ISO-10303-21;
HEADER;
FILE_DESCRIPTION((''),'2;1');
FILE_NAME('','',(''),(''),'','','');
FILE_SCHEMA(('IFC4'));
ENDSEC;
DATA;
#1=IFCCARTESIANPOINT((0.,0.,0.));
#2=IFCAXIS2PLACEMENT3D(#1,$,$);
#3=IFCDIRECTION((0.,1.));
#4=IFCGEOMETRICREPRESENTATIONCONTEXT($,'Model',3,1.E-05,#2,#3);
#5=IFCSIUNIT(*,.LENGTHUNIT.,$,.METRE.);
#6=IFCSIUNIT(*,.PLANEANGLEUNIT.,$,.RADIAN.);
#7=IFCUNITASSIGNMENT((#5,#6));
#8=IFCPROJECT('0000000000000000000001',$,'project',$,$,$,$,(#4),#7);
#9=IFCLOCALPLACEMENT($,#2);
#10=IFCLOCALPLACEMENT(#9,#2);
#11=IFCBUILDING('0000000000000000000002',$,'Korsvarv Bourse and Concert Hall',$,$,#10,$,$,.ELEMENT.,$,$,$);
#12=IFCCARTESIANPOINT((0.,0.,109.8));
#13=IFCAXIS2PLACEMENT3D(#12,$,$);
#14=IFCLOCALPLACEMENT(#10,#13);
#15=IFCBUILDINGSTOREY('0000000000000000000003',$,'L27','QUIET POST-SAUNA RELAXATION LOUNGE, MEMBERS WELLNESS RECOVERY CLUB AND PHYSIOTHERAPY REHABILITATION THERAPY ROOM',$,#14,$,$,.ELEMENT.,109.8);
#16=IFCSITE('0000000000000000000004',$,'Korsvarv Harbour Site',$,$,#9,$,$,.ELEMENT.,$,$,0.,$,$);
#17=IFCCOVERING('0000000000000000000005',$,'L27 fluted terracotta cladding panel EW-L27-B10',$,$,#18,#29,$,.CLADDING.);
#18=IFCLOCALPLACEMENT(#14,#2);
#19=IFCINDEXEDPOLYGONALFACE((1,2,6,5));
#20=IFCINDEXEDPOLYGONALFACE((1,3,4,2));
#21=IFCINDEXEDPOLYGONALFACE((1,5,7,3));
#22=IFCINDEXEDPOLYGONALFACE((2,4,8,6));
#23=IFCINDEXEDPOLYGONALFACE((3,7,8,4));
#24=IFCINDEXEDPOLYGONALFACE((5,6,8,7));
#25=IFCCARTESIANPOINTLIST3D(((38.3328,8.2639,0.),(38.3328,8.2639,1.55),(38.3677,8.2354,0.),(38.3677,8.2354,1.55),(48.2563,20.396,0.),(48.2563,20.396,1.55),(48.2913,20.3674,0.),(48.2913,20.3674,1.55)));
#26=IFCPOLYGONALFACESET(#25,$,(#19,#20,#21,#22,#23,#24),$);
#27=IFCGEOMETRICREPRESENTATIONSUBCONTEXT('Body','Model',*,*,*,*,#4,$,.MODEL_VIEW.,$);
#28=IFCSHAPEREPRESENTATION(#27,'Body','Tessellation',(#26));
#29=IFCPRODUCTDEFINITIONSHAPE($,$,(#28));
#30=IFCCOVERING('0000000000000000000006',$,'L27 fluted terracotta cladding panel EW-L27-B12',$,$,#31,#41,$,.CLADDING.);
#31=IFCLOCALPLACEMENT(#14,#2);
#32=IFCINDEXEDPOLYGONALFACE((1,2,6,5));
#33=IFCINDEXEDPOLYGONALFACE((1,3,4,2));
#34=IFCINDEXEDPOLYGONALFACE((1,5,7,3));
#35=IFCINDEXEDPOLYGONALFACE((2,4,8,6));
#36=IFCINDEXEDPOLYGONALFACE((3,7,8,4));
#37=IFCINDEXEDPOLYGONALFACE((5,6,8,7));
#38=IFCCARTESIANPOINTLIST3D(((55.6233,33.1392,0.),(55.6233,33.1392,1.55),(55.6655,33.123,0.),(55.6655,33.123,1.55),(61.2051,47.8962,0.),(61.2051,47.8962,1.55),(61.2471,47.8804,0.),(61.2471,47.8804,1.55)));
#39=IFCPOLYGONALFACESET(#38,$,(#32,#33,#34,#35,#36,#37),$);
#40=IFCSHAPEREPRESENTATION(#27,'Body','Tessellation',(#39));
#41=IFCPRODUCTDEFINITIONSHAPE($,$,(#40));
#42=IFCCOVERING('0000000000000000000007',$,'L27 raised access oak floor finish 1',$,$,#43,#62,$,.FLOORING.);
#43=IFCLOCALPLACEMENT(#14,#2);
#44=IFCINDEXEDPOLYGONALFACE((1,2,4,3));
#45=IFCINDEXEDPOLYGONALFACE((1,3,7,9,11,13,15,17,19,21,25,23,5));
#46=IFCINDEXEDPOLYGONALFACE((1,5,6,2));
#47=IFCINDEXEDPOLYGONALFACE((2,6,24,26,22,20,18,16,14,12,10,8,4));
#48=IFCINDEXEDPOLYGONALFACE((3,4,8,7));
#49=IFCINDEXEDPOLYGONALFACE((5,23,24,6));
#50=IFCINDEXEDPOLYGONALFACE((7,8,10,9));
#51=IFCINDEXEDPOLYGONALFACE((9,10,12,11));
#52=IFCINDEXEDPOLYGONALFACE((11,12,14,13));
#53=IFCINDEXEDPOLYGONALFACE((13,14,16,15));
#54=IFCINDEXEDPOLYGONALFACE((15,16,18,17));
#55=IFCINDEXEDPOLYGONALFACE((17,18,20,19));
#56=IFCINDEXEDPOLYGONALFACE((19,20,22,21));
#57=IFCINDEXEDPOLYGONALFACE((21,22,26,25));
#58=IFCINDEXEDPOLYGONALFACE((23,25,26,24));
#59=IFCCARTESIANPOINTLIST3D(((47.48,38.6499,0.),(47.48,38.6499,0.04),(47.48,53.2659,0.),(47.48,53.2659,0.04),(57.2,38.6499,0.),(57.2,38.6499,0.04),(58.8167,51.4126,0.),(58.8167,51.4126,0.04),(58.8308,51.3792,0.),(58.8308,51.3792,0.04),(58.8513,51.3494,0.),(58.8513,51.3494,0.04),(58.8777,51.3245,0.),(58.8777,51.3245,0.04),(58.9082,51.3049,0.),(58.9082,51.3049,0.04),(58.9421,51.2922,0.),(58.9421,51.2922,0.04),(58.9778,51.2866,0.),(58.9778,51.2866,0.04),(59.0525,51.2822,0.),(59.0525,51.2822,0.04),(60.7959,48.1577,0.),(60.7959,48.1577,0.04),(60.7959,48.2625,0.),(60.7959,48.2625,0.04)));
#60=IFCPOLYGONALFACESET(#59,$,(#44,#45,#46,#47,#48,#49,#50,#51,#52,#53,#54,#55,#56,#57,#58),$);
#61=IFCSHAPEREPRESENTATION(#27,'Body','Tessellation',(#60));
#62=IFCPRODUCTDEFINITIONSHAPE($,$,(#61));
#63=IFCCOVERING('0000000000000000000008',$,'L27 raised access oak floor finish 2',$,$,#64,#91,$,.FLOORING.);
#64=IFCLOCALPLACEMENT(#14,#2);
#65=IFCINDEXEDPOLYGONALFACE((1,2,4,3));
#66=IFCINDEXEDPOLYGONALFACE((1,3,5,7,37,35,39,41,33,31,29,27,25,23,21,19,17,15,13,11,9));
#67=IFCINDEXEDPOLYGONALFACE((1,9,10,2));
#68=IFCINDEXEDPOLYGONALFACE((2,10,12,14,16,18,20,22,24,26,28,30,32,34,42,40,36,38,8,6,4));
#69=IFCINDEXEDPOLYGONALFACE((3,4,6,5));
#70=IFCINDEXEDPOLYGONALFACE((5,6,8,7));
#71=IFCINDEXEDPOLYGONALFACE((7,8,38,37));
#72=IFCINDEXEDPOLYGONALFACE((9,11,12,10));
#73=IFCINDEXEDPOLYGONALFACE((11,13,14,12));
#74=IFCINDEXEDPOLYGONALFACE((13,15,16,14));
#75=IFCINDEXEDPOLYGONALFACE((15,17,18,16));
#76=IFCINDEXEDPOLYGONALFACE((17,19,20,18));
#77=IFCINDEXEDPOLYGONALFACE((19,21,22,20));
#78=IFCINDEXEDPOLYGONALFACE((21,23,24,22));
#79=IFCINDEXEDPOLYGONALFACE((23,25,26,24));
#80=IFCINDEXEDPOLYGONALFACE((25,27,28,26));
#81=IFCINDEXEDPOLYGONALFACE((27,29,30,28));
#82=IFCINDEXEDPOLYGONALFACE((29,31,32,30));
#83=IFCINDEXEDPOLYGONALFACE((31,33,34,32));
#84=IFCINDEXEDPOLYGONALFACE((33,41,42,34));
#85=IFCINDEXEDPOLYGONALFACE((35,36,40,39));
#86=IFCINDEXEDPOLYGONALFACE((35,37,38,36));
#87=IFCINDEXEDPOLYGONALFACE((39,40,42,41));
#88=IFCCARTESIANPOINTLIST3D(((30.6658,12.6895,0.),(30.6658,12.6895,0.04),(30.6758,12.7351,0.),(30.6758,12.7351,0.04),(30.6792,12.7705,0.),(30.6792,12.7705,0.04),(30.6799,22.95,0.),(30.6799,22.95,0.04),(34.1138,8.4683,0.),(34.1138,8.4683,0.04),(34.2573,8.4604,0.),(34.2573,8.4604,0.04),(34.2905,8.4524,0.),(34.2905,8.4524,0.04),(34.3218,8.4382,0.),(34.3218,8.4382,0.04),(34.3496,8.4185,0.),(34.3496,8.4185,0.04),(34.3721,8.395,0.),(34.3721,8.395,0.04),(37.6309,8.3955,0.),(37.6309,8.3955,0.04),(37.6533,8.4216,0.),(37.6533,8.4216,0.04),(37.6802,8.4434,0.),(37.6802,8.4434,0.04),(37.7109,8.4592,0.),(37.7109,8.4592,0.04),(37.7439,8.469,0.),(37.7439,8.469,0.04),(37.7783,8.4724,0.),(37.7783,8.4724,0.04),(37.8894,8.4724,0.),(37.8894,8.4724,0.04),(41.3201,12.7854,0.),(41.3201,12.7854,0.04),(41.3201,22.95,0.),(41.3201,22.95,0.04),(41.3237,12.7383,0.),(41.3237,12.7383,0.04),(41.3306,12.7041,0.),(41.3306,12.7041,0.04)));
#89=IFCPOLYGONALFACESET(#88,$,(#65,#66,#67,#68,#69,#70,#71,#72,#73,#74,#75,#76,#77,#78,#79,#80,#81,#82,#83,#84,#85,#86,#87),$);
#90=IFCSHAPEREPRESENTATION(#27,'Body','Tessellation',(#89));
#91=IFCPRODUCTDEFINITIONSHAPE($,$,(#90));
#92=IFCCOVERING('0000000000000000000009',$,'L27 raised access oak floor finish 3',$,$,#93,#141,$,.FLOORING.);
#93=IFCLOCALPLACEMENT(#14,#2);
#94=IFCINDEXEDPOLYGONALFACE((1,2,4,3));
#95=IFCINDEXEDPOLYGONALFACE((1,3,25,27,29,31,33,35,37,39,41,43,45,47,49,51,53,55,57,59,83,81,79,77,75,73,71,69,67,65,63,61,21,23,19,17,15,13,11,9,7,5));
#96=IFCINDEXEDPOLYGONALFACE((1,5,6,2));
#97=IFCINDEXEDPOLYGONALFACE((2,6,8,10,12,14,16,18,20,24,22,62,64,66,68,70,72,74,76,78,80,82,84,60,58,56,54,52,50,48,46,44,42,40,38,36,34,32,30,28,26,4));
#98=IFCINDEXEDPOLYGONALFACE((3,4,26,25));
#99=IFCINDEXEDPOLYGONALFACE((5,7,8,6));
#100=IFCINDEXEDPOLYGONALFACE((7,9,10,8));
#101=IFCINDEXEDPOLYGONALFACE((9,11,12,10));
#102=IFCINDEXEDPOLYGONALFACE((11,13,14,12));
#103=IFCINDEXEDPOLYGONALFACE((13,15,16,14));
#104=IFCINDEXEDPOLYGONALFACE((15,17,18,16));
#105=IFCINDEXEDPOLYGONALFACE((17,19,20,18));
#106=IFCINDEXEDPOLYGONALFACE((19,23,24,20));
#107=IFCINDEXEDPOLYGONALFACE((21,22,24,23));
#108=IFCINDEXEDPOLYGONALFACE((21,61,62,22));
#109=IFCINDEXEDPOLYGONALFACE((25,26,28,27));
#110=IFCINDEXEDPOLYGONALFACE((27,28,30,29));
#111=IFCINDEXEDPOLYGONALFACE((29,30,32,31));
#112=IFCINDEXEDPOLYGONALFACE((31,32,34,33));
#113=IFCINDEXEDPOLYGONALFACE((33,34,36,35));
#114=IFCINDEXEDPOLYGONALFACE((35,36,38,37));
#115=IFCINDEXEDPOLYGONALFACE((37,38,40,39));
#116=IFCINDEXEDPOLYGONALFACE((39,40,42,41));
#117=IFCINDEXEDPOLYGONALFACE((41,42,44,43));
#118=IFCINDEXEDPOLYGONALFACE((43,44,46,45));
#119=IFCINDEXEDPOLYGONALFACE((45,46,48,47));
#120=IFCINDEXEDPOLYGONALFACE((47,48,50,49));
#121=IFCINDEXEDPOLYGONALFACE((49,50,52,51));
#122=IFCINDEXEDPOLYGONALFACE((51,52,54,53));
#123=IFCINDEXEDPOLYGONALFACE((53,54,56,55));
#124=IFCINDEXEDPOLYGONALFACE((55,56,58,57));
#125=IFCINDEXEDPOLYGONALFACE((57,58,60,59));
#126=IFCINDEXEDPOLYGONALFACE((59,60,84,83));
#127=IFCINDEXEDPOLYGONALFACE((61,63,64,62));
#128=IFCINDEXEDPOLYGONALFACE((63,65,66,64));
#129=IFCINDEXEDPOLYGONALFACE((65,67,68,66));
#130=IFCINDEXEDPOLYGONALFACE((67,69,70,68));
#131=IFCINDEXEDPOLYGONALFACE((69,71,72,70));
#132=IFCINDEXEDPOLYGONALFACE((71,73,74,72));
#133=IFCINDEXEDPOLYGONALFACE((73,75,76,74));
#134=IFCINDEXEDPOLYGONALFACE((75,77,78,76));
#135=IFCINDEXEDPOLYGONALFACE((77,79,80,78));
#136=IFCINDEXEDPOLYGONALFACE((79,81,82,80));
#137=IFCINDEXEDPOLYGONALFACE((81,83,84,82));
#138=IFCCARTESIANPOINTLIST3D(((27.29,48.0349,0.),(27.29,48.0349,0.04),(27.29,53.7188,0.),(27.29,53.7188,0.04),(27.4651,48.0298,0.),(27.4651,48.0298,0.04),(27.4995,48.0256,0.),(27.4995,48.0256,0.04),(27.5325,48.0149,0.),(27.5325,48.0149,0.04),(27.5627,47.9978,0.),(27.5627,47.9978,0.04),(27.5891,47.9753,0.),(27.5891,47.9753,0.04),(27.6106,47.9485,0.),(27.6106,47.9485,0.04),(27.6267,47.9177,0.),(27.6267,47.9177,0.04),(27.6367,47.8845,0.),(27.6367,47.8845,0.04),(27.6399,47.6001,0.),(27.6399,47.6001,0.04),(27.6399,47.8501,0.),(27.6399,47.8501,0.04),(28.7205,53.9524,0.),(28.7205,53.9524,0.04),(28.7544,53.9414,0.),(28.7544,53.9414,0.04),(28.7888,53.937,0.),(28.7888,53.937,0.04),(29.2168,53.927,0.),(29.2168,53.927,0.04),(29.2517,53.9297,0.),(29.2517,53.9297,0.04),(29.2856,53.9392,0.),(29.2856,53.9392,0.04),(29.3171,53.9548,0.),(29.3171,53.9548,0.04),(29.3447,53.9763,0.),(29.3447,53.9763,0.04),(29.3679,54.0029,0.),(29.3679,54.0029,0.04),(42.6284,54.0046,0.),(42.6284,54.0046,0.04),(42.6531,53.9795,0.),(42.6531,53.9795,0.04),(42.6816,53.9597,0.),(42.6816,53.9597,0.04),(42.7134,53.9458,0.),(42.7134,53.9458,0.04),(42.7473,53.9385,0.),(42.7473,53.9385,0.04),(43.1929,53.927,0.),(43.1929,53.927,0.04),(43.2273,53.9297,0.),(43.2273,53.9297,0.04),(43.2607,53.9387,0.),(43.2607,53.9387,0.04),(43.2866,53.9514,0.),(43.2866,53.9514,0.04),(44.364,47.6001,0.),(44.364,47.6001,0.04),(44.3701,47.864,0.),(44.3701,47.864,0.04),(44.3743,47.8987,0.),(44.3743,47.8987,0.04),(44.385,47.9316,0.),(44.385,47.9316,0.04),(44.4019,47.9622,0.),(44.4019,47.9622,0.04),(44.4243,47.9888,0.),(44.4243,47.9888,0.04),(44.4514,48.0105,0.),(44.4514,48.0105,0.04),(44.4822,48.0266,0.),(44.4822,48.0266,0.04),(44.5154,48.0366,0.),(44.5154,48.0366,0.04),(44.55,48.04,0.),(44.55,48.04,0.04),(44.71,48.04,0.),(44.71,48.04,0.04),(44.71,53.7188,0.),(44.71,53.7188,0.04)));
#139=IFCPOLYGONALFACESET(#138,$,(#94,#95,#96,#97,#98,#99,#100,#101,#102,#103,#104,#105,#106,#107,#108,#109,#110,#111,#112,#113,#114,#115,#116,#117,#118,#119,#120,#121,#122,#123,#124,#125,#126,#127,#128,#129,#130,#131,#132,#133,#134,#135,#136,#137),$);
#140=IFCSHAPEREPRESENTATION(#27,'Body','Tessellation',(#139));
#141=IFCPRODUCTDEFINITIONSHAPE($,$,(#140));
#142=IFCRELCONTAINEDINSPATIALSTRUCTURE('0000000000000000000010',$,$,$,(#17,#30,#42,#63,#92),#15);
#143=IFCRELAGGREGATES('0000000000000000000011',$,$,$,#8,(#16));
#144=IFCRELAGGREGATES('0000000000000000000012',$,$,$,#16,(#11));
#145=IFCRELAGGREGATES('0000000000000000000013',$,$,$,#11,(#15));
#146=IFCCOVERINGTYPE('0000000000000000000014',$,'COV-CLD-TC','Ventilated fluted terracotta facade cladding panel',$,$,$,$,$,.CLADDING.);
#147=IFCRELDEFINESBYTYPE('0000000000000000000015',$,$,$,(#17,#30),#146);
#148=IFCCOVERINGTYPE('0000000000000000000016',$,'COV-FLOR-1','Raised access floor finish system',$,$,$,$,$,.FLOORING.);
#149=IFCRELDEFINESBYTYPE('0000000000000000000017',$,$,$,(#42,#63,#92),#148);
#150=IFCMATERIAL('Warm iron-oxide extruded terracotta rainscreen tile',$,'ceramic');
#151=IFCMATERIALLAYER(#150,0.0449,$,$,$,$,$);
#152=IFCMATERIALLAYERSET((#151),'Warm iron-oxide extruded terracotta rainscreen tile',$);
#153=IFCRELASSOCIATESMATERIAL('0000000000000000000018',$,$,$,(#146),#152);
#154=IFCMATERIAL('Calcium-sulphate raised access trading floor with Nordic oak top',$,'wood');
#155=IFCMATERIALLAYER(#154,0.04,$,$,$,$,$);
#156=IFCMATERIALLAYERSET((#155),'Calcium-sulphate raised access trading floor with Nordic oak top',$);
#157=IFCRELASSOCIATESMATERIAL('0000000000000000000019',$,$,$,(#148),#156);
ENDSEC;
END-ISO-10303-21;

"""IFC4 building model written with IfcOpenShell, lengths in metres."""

from ifc_helpers import new_model, si_unit, direction, frame, origin, place, context, subcontext, project, spatial, polyline, outline, extrude, material, layer, layer_set, type_object, element, save


model = new_model("IFC4")

# Units and contexts
model_context = context("Model", 3, precision=1e-05, world=origin(), true_north=direction((0.0, 1.0)))
body_context = subcontext(model_context, "Body", "Model", "MODEL_VIEW")
ifc_project = project(units=[si_unit("LENGTHUNIT", "METRE"), si_unit("PLANEANGLEUNIT", "RADIAN")], contexts=[model_context])

# Site, building, storey
site_placement = place(None, origin())
site = spatial("IfcSite", under=ifc_project, at=site_placement, Name="Korsvarv Harbour Site", CompositionType="ELEMENT", RefElevation=0.0)
building_placement = place(site_placement, origin())
building = spatial("IfcBuilding", under=site, at=building_placement, Name="Korsvarv Bourse and Concert Hall", CompositionType="ELEMENT")
storey_placement = place(building_placement, frame((0.0, 0.0, 109.8)))
storey = spatial("IfcBuildingStorey", under=building, at=storey_placement, Name="L27", Description="QUIET POST-SAUNA RELAXATION LOUNGE, MEMBERS WELLNESS RECOVERY CLUB AND PHYSIOTHERAPY REHABILITATION THERAPY ROOM", CompositionType="ELEMENT", Elevation=109.8)

# Coverings
ifc_material_1 = material(Name="Warm iron-oxide extruded terracotta rainscreen tile", Category="ceramic")
ifc_layer_1 = layer(ifc_material_1, 0.0449)
ifc_layer_set_1 = layer_set([ifc_layer_1], Name="Warm iron-oxide extruded terracotta rainscreen tile")
covering_type_1 = type_object("IfcCoveringType", Name="COV-CLD-TC", Description="Ventilated fluted terracotta facade cladding panel", PredefinedType="CLADDING", material=ifc_layer_set_1)
covering_1_placement = place(storey_placement, origin())
element("IfcCovering", 1, at=covering_1_placement, inside=storey, type_object=covering_type_1, Name="L27 fluted terracotta cladding panel EW-L27-B10", PredefinedType="CLADDING", context=body_context, shape_type="SweptSolid", body=[
    extrude(outline(polyline([(38.3328, 8.2639), (48.2563, 20.396), (48.2913, 20.3674), (38.3677, 8.2354), (38.3328, 8.2639)])), origin(), (0.0, 0.0, 1.0), 1.55),
])
covering_2_placement = place(storey_placement, origin())
element("IfcCovering", 2, at=covering_2_placement, inside=storey, type_object=covering_type_1, Name="L27 fluted terracotta cladding panel EW-L27-B12", PredefinedType="CLADDING", context=body_context, shape_type="SweptSolid", body=[
    extrude(outline(polyline([(55.6233, 33.1392), (61.2051, 47.8962), (61.2471, 47.8804), (55.6655, 33.123), (55.6233, 33.1392)])), origin(), (0.0, 0.0, 1.0), 1.55),
])
ifc_material_2 = material(Name="Calcium-sulphate raised access trading floor with Nordic oak top", Category="wood")
ifc_layer_2 = layer(ifc_material_2, 0.04)
ifc_layer_set_2 = layer_set([ifc_layer_2], Name="Calcium-sulphate raised access trading floor with Nordic oak top")
covering_type_2 = type_object("IfcCoveringType", Name="COV-FLOR-1", Description="Raised access floor finish system", PredefinedType="FLOORING", material=ifc_layer_set_2)
covering_3_placement = place(storey_placement, origin())
element("IfcCovering", 3, at=covering_3_placement, inside=storey, type_object=covering_type_2, Name="L27 raised access oak floor finish 1", PredefinedType="FLOORING", context=body_context, shape_type="SweptSolid", body=[
    extrude(outline(polyline([(58.8167, 51.4126), (58.8308, 51.3792), (58.8513, 51.3494), (58.8777, 51.3245), (58.9082, 51.3049), (58.9421, 51.2922), (58.9778, 51.2866), (59.0525, 51.2822), (60.7959, 48.2625), (60.7959, 48.1577), (57.2, 38.6499), (47.48, 38.6499), (47.48, 53.2659), (58.8167, 51.4126)])), origin(), (0.0, 0.0, 1.0), 0.04),
])
covering_4_placement = place(storey_placement, origin())
element("IfcCovering", 4, at=covering_4_placement, inside=storey, type_object=covering_type_2, Name="L27 raised access oak floor finish 2", PredefinedType="FLOORING", context=body_context, shape_type="SweptSolid", body=[
    extrude(outline(polyline([(30.6658, 12.6895), (30.6758, 12.7351), (30.6792, 12.7705), (30.6799, 22.95), (41.3201, 22.95), (41.3201, 12.7854), (41.3237, 12.7383), (41.3306, 12.7041), (37.8894, 8.4724), (37.7783, 8.4724), (37.7439, 8.469), (37.7109, 8.4592), (37.6802, 8.4434), (37.6533, 8.4216), (37.6309, 8.3955), (34.3721, 8.395), (34.3496, 8.4185), (34.3218, 8.4382), (34.2905, 8.4524), (34.2573, 8.4604), (34.1138, 8.4683), (30.6658, 12.6895)])), origin(), (0.0, 0.0, 1.0), 0.04),
])
covering_5_placement = place(storey_placement, origin())
element("IfcCovering", 5, at=covering_5_placement, inside=storey, type_object=covering_type_2, Name="L27 raised access oak floor finish 3", PredefinedType="FLOORING", context=body_context, shape_type="SweptSolid", body=[
    extrude(outline(polyline([(28.7205, 53.9524), (28.7544, 53.9414), (28.7888, 53.937), (29.2168, 53.927), (29.2517, 53.9297), (29.2856, 53.9392), (29.3171, 53.9548), (29.3447, 53.9763), (29.3679, 54.0029), (42.6284, 54.0046), (42.6531, 53.9795), (42.6816, 53.9597), (42.7134, 53.9458), (42.7473, 53.9385), (43.1929, 53.927), (43.2273, 53.9297), (43.2607, 53.9387), (43.2866, 53.9514), (44.71, 53.7188), (44.71, 48.04), (44.55, 48.04), (44.5154, 48.0366), (44.4822, 48.0266), (44.4514, 48.0105), (44.4243, 47.9888), (44.4019, 47.9622), (44.385, 47.9316), (44.3743, 47.8987), (44.3701, 47.864), (44.364, 47.6001), (27.6399, 47.6001), (27.6399, 47.8501), (27.6367, 47.8845), (27.6267, 47.9177), (27.6106, 47.9485), (27.5891, 47.9753), (27.5627, 47.9978), (27.5325, 48.0149), (27.4995, 48.0256), (27.4651, 48.0298), (27.29, 48.0349), (27.29, 53.7188), (28.7205, 53.9524)])), origin(), (0.0, 0.0, 1.0), 0.04),
])

save(model, "model.ifc")
